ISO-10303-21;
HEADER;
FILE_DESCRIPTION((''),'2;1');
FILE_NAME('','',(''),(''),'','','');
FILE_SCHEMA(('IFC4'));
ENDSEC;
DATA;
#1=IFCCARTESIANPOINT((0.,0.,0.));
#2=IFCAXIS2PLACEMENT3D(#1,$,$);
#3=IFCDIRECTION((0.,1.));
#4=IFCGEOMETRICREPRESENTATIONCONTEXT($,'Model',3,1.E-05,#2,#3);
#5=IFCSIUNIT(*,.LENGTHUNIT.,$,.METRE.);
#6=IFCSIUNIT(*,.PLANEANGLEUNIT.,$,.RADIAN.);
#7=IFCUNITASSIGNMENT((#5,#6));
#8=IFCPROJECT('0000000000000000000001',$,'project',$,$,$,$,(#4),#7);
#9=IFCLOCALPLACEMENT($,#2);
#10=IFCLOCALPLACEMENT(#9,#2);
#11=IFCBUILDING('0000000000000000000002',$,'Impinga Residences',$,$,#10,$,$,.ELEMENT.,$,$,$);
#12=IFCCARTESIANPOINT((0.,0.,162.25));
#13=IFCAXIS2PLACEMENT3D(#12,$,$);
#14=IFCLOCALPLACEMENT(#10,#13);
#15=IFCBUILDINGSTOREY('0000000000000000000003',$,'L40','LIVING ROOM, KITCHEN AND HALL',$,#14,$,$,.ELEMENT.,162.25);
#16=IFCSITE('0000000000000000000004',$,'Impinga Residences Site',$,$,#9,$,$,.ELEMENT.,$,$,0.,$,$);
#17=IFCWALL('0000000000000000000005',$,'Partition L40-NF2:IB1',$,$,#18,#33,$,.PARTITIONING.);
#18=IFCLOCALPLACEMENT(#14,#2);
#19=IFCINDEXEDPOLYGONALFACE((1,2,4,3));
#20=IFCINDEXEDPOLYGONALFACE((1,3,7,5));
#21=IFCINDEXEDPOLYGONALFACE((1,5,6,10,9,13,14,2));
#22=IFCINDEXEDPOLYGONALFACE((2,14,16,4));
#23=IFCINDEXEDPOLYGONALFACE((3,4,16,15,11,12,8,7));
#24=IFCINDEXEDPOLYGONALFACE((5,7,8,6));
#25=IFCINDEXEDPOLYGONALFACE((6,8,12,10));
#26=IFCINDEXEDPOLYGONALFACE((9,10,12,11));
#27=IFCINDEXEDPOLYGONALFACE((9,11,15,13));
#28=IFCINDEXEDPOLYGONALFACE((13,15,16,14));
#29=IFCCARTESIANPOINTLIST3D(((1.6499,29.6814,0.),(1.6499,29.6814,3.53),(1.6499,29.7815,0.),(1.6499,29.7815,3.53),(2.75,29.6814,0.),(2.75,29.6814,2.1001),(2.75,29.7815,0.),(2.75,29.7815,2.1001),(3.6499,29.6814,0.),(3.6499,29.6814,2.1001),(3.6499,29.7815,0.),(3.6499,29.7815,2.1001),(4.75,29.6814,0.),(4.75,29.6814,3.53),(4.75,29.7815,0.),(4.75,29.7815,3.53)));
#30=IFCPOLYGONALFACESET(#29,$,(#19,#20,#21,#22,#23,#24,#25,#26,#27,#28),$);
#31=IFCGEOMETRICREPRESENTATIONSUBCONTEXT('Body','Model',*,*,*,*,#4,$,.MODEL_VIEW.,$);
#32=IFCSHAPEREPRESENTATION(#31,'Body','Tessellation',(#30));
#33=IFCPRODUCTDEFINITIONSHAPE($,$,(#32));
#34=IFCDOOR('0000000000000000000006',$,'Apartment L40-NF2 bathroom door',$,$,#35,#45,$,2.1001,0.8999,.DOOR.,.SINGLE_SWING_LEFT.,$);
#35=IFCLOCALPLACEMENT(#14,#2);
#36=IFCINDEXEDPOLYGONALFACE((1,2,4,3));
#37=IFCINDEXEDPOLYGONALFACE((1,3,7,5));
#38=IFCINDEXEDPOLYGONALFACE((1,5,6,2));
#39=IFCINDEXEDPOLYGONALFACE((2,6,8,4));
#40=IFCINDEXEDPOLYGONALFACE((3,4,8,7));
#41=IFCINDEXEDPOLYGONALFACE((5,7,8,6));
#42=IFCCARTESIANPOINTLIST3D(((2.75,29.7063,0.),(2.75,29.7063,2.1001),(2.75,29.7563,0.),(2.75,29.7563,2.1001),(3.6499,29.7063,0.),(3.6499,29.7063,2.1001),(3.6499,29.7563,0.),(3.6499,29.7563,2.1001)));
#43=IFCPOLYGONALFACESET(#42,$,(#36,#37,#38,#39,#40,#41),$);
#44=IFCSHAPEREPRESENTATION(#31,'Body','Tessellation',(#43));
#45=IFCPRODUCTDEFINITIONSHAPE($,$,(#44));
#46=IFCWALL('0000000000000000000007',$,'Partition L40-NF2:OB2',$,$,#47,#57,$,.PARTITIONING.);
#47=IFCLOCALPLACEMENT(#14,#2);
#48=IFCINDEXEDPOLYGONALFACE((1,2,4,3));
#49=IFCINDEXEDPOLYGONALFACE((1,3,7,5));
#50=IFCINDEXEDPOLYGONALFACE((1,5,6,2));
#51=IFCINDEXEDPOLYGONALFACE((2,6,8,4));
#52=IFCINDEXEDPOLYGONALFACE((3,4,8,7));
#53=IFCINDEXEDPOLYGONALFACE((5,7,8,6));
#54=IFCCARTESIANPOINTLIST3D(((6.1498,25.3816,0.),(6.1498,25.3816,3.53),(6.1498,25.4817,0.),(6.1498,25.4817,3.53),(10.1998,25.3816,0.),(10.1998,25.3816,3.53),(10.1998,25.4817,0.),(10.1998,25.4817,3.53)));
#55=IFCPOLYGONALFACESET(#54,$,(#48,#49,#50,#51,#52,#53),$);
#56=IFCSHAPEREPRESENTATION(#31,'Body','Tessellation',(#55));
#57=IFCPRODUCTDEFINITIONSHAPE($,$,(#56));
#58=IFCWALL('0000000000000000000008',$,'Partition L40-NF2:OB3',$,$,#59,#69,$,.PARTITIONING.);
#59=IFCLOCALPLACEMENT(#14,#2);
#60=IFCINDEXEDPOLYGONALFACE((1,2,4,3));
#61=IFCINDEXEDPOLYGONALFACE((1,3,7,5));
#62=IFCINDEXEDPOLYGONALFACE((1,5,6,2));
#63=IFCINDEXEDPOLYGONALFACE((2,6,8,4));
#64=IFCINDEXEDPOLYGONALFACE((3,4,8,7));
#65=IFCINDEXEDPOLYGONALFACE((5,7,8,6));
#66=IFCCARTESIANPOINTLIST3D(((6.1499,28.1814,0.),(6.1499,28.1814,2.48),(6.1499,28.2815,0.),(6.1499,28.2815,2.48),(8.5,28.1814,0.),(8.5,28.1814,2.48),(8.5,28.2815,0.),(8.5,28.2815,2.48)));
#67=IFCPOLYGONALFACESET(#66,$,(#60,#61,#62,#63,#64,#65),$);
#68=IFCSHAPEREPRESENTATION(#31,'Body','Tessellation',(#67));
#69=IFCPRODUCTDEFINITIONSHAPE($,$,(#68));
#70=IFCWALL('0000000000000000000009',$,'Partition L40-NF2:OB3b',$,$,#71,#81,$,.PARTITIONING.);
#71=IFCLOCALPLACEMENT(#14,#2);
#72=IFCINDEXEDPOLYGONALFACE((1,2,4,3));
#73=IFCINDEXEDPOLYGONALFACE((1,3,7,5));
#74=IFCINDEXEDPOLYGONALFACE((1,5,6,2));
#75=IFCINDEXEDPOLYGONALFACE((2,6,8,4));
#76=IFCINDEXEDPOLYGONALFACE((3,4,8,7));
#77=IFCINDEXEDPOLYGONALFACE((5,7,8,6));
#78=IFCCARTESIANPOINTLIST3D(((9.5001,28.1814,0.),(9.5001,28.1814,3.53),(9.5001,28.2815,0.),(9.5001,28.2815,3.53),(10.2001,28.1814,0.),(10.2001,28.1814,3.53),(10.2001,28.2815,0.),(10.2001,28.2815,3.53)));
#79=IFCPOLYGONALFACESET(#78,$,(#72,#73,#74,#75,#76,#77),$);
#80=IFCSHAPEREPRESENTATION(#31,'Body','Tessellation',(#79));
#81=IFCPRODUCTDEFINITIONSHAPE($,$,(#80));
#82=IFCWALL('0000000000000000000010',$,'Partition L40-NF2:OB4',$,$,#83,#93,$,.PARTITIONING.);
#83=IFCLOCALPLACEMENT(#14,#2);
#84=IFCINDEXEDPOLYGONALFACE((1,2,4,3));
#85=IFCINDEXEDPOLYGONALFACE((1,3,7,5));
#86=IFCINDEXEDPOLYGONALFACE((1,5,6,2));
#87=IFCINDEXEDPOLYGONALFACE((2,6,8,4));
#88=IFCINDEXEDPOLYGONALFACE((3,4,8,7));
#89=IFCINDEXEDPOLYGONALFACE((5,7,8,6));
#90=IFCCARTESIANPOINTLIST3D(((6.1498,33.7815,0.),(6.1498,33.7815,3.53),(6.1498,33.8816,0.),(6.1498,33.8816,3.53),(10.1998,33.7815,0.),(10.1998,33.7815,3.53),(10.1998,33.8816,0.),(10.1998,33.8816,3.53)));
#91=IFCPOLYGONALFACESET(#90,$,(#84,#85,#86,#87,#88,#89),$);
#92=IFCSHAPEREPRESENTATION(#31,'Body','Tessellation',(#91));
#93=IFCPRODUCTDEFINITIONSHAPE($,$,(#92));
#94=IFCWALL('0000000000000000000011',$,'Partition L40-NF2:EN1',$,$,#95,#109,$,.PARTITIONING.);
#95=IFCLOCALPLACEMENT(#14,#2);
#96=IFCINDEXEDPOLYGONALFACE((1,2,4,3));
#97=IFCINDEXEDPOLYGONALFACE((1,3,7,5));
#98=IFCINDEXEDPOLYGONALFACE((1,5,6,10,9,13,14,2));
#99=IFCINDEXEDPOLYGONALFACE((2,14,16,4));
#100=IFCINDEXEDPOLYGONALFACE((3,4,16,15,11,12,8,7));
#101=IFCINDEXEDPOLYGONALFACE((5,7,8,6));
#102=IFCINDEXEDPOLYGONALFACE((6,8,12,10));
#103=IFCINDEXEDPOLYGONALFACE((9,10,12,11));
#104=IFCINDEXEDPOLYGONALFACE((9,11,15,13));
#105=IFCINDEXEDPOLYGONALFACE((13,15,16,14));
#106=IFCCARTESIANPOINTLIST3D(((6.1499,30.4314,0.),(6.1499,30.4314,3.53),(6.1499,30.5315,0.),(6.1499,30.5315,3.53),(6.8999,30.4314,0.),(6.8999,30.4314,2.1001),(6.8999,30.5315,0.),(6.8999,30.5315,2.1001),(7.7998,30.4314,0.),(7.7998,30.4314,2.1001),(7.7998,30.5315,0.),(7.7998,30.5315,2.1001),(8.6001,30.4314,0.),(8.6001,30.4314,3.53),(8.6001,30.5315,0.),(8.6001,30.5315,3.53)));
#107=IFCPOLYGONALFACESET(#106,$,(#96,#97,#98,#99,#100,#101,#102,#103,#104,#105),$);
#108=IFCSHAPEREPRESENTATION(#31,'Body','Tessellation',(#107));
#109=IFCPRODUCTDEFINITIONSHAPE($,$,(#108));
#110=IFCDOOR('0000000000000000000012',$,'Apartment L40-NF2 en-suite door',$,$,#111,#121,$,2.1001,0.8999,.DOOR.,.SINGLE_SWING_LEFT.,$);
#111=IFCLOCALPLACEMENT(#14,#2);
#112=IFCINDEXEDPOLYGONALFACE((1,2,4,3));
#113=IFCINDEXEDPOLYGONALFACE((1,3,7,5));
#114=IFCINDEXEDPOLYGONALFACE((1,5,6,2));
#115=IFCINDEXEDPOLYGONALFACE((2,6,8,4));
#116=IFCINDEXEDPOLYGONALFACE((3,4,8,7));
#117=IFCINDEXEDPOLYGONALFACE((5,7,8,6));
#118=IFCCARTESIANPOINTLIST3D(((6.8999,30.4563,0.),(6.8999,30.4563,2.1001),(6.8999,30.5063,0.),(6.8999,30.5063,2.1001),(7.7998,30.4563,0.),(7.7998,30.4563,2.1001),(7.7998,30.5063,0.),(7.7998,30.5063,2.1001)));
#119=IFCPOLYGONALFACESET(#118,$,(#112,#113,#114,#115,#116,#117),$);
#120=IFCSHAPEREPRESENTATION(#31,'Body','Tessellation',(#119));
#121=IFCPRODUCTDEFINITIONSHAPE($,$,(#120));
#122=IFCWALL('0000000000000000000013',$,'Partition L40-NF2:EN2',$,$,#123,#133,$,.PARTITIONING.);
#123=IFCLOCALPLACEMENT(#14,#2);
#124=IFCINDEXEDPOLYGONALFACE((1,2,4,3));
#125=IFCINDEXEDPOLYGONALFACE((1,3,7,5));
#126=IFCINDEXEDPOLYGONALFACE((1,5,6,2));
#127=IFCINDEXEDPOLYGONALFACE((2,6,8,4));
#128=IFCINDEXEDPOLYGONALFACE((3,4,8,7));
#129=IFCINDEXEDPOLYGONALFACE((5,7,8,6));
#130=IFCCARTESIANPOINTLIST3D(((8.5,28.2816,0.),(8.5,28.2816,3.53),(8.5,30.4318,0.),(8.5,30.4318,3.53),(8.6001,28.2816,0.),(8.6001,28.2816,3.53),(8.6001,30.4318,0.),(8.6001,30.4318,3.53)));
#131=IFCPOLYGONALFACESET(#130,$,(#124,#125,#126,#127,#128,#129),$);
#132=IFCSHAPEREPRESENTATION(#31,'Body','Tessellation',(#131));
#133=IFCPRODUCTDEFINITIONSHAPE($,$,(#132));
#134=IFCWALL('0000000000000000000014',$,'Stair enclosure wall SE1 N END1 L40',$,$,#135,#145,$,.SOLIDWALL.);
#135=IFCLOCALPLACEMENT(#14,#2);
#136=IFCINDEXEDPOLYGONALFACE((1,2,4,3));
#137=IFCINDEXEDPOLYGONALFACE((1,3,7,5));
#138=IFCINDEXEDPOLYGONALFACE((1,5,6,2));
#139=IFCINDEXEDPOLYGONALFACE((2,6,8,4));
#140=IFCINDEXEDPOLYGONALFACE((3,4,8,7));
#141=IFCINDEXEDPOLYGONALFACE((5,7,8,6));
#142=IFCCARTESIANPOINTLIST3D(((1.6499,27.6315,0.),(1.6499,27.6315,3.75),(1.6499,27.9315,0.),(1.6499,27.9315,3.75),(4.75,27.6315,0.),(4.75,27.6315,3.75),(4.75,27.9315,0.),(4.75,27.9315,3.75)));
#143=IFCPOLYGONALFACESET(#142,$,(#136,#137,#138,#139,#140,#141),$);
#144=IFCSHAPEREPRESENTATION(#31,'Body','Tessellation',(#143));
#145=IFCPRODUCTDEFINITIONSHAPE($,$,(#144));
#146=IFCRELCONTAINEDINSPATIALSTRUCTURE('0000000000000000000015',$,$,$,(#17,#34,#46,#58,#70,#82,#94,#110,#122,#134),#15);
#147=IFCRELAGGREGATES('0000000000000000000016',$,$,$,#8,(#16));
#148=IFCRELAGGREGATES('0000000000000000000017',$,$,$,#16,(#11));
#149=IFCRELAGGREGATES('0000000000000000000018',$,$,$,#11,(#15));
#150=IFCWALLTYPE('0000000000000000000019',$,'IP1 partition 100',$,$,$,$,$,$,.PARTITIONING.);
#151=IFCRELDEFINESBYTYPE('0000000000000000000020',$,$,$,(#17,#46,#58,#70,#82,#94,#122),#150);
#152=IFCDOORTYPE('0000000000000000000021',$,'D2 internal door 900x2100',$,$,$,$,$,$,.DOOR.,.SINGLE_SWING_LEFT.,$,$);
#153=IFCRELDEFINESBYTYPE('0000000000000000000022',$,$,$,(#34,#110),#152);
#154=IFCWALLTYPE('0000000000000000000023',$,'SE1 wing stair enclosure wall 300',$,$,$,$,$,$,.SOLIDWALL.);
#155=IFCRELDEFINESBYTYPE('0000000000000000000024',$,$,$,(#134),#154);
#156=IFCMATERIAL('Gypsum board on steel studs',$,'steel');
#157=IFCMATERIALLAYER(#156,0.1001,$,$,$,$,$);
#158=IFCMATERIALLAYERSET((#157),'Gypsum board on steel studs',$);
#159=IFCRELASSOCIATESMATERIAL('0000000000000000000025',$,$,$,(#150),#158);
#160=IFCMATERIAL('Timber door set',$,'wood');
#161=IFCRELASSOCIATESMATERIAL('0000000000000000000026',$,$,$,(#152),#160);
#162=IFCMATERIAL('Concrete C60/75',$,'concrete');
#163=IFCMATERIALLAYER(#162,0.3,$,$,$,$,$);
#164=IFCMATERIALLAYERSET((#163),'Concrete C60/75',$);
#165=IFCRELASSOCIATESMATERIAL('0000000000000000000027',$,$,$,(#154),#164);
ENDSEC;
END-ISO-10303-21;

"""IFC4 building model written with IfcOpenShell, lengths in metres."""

from ifc_helpers import new_model, si_unit, direction, frame, frame_2d, origin, place, context, subcontext, project, spatial, rectangle, extrude, material, layer, layer_set, type_object, element, fill, save


model = new_model("IFC4")

# Units and contexts
model_context = context("Model", 3, precision=1e-05, world=origin(), true_north=direction((0.0, 1.0)))
body_context = subcontext(model_context, "Body", "Model", "MODEL_VIEW")
ifc_project = project(units=[si_unit("LENGTHUNIT", "METRE"), si_unit("PLANEANGLEUNIT", "RADIAN")], contexts=[model_context])

# Site, building, storey
site_placement = place(None, origin())
site = spatial("IfcSite", under=ifc_project, at=site_placement, Name="Impinga Residences Site", CompositionType="ELEMENT", RefElevation=0.0)
building_placement = place(site_placement, origin())
building = spatial("IfcBuilding", under=site, at=building_placement, Name="Impinga Residences", CompositionType="ELEMENT")
storey_placement = place(building_placement, frame((0.0, 0.0, 162.25)))
storey = spatial("IfcBuildingStorey", under=building, at=storey_placement, Name="L40", Description="LIVING ROOM, KITCHEN AND HALL", CompositionType="ELEMENT", Elevation=162.25)

# Shared definitions
ifc_material_1 = material(Name="Concrete C60/75", Category="concrete")

# Shared definitions
ifc_material_2 = material(Name="Gypsum board on steel studs", Category="steel")
ifc_layer_1 = layer(ifc_material_2, 0.1001)
ifc_layer_set_1 = layer_set([ifc_layer_1], Name="Gypsum board on steel studs")
wall_type_1 = type_object("IfcWallType", Name="IP1 partition 100", PredefinedType="PARTITIONING", material=ifc_layer_set_1)

# Wall, opening, door
wall_1_placement = place(storey_placement, frame((1.6499, 29.7314, 0.0), z_axis=(0.0, 0.0, 1.0), x_axis=(1.0, 0.0, 0.0)))
wall_1 = element("IfcWall", 1, at=wall_1_placement, inside=storey, type_object=wall_type_1, Name="Partition L40-NF2:IB1", PredefinedType="PARTITIONING", context=body_context, shape_type="SweptSolid", body=[
    extrude(rectangle(XDim=3.1001, YDim=0.1001, at=frame_2d((1.55, 0.0))), origin(), (0.0, 0.0, 1.0), 3.53),
])
opening_1_placement = place(wall_1_placement, frame((1.1001, 0.0, 0.0)))
opening_1 = element("IfcOpeningElement", 2, at=opening_1_placement, cuts=wall_1, PredefinedType="OPENING", context=body_context, shape_type="SweptSolid", body=[
    extrude(rectangle(XDim=0.8999, YDim=2.1001, at=frame_2d((0.45, 1.05))), frame((0.0, 0.0601, 0.0), z_axis=(0.0, -1.0, 0.0), x_axis=(1.0, 0.0, 0.0)), (0.0, 0.0, 1.0), 0.1201),
])
ifc_material_3 = material(Name="Timber door set", Category="wood")
door_type = type_object("IfcDoorType", Name="D2 internal door 900x2100", OperationType="SINGLE_SWING_LEFT", PredefinedType="DOOR", material=ifc_material_3)
door_1_placement = place(opening_1_placement, origin())
door_1 = element("IfcDoor", 3, at=door_1_placement, inside=storey, type_object=door_type, Name="Apartment L40-NF2 bathroom door", OperationType="SINGLE_SWING_LEFT", OverallHeight=2.1001, OverallWidth=0.8999, PredefinedType="DOOR", context=body_context, shape_type="SweptSolid", body=[
    extrude(rectangle(XDim=0.8999, YDim=2.1001, at=frame_2d((0.45, 1.05))), frame((0.0, 0.0249, 0.0), z_axis=(0.0, -1.0, 0.0), x_axis=(1.0, 0.0, 0.0)), (0.0, 0.0, 1.0), 0.05),
])
fill(opening_1, door_1)

# Walls
wall_2_placement = place(storey_placement, frame((6.1499, 25.4316, 0.0), z_axis=(0.0, 0.0, 1.0), x_axis=(1.0, 0.0, 0.0)))
element("IfcWall", 4, at=wall_2_placement, inside=storey, type_object=wall_type_1, Name="Partition L40-NF2:OB2", PredefinedType="PARTITIONING", context=body_context, shape_type="SweptSolid", body=[
    extrude(rectangle(XDim=4.05, YDim=0.1001, at=frame_2d((2.0249, 0.0))), origin(), (0.0, 0.0, 1.0), 3.53),
])
wall_3_placement = place(storey_placement, frame((6.1499, 28.2314, 0.0), z_axis=(0.0, 0.0, 1.0), x_axis=(1.0, 0.0, 0.0)))
element("IfcWall", 5, at=wall_3_placement, inside=storey, type_object=wall_type_1, Name="Partition L40-NF2:OB3", PredefinedType="PARTITIONING", context=body_context, shape_type="SweptSolid", body=[
    extrude(rectangle(XDim=2.3501, YDim=0.1001, at=frame_2d((1.175, 0.0))), origin(), (0.0, 0.0, 1.0), 2.48),
])
wall_4_placement = place(storey_placement, frame((9.5, 28.2314, 0.0), z_axis=(0.0, 0.0, 1.0), x_axis=(1.0, 0.0, 0.0)))
element("IfcWall", 6, at=wall_4_placement, inside=storey, type_object=wall_type_1, Name="Partition L40-NF2:OB3b", PredefinedType="PARTITIONING", context=body_context, shape_type="SweptSolid", body=[
    extrude(rectangle(XDim=0.7, YDim=0.1001, at=frame_2d((0.3501, 0.0))), origin(), (0.0, 0.0, 1.0), 3.53),
])
wall_5_placement = place(storey_placement, frame((6.1499, 33.8315, 0.0), z_axis=(0.0, 0.0, 1.0), x_axis=(1.0, 0.0, 0.0)))
element("IfcWall", 7, at=wall_5_placement, inside=storey, type_object=wall_type_1, Name="Partition L40-NF2:OB4", PredefinedType="PARTITIONING", context=body_context, shape_type="SweptSolid", body=[
    extrude(rectangle(XDim=4.05, YDim=0.1001, at=frame_2d((2.0249, 0.0))), origin(), (0.0, 0.0, 1.0), 3.53),
])

# Wall, opening, door
wall_6_placement = place(storey_placement, frame((6.1499, 30.4814, 0.0), z_axis=(0.0, 0.0, 1.0), x_axis=(1.0, 0.0, 0.0)))
wall_6 = element("IfcWall", 8, at=wall_6_placement, inside=storey, type_object=wall_type_1, Name="Partition L40-NF2:EN1", PredefinedType="PARTITIONING", context=body_context, shape_type="SweptSolid", body=[
    extrude(rectangle(XDim=2.4502, YDim=0.1001, at=frame_2d((1.2251, 0.0))), origin(), (0.0, 0.0, 1.0), 3.53),
])
opening_2_placement = place(wall_6_placement, frame((0.75, 0.0, 0.0)))
opening_2 = element("IfcOpeningElement", 9, at=opening_2_placement, cuts=wall_6, PredefinedType="OPENING", context=body_context, shape_type="SweptSolid", body=[
    extrude(rectangle(XDim=0.8999, YDim=2.1001, at=frame_2d((0.45, 1.05))), frame((0.0, 0.0601, 0.0), z_axis=(0.0, -1.0, 0.0), x_axis=(1.0, 0.0, 0.0)), (0.0, 0.0, 1.0), 0.1201),
])
door_2_placement = place(opening_2_placement, origin())
door_2 = element("IfcDoor", 10, at=door_2_placement, inside=storey, type_object=door_type, Name="Apartment L40-NF2 en-suite door", OperationType="SINGLE_SWING_LEFT", OverallHeight=2.1001, OverallWidth=0.8999, PredefinedType="DOOR", context=body_context, shape_type="SweptSolid", body=[
    extrude(rectangle(XDim=0.8999, YDim=2.1001, at=frame_2d((0.45, 1.05))), frame((0.0, 0.0249, 0.0), z_axis=(0.0, -1.0, 0.0), x_axis=(1.0, 0.0, 0.0)), (0.0, 0.0, 1.0), 0.05),
])
fill(opening_2, door_2)

# Walls
wall_7_placement = place(storey_placement, frame((8.55, 28.2815, 0.0), z_axis=(0.0, 0.0, 1.0), x_axis=(0.0, 1.0, 0.0)))
element("IfcWall", 11, at=wall_7_placement, inside=storey, type_object=wall_type_1, Name="Partition L40-NF2:EN2", PredefinedType="PARTITIONING", context=body_context, shape_type="SweptSolid", body=[
    extrude(rectangle(XDim=2.1501, YDim=0.1001, at=frame_2d((1.0752, 0.0))), origin(), (0.0, 0.0, 1.0), 3.53),
])
ifc_layer_2 = layer(ifc_material_1, 0.3)
ifc_layer_set_2 = layer_set([ifc_layer_2], Name="Concrete C60/75")
wall_type_2 = type_object("IfcWallType", Name="SE1 wing stair enclosure wall 300", PredefinedType="SOLIDWALL", material=ifc_layer_set_2)
wall_8_placement = place(storey_placement, frame((1.6499, 27.7815, 0.0), z_axis=(0.0, 0.0, 1.0), x_axis=(1.0, 0.0, 0.0)))
element("IfcWall", 12, at=wall_8_placement, inside=storey, type_object=wall_type_2, Name="Stair enclosure wall SE1 N END1 L40", PredefinedType="SOLIDWALL", context=body_context, shape_type="SweptSolid", body=[
    extrude(rectangle(XDim=3.1001, YDim=0.3, at=frame_2d((1.55, 0.0))), origin(), (0.0, 0.0, 1.0), 3.75),
])

save(model, "model.ifc")
